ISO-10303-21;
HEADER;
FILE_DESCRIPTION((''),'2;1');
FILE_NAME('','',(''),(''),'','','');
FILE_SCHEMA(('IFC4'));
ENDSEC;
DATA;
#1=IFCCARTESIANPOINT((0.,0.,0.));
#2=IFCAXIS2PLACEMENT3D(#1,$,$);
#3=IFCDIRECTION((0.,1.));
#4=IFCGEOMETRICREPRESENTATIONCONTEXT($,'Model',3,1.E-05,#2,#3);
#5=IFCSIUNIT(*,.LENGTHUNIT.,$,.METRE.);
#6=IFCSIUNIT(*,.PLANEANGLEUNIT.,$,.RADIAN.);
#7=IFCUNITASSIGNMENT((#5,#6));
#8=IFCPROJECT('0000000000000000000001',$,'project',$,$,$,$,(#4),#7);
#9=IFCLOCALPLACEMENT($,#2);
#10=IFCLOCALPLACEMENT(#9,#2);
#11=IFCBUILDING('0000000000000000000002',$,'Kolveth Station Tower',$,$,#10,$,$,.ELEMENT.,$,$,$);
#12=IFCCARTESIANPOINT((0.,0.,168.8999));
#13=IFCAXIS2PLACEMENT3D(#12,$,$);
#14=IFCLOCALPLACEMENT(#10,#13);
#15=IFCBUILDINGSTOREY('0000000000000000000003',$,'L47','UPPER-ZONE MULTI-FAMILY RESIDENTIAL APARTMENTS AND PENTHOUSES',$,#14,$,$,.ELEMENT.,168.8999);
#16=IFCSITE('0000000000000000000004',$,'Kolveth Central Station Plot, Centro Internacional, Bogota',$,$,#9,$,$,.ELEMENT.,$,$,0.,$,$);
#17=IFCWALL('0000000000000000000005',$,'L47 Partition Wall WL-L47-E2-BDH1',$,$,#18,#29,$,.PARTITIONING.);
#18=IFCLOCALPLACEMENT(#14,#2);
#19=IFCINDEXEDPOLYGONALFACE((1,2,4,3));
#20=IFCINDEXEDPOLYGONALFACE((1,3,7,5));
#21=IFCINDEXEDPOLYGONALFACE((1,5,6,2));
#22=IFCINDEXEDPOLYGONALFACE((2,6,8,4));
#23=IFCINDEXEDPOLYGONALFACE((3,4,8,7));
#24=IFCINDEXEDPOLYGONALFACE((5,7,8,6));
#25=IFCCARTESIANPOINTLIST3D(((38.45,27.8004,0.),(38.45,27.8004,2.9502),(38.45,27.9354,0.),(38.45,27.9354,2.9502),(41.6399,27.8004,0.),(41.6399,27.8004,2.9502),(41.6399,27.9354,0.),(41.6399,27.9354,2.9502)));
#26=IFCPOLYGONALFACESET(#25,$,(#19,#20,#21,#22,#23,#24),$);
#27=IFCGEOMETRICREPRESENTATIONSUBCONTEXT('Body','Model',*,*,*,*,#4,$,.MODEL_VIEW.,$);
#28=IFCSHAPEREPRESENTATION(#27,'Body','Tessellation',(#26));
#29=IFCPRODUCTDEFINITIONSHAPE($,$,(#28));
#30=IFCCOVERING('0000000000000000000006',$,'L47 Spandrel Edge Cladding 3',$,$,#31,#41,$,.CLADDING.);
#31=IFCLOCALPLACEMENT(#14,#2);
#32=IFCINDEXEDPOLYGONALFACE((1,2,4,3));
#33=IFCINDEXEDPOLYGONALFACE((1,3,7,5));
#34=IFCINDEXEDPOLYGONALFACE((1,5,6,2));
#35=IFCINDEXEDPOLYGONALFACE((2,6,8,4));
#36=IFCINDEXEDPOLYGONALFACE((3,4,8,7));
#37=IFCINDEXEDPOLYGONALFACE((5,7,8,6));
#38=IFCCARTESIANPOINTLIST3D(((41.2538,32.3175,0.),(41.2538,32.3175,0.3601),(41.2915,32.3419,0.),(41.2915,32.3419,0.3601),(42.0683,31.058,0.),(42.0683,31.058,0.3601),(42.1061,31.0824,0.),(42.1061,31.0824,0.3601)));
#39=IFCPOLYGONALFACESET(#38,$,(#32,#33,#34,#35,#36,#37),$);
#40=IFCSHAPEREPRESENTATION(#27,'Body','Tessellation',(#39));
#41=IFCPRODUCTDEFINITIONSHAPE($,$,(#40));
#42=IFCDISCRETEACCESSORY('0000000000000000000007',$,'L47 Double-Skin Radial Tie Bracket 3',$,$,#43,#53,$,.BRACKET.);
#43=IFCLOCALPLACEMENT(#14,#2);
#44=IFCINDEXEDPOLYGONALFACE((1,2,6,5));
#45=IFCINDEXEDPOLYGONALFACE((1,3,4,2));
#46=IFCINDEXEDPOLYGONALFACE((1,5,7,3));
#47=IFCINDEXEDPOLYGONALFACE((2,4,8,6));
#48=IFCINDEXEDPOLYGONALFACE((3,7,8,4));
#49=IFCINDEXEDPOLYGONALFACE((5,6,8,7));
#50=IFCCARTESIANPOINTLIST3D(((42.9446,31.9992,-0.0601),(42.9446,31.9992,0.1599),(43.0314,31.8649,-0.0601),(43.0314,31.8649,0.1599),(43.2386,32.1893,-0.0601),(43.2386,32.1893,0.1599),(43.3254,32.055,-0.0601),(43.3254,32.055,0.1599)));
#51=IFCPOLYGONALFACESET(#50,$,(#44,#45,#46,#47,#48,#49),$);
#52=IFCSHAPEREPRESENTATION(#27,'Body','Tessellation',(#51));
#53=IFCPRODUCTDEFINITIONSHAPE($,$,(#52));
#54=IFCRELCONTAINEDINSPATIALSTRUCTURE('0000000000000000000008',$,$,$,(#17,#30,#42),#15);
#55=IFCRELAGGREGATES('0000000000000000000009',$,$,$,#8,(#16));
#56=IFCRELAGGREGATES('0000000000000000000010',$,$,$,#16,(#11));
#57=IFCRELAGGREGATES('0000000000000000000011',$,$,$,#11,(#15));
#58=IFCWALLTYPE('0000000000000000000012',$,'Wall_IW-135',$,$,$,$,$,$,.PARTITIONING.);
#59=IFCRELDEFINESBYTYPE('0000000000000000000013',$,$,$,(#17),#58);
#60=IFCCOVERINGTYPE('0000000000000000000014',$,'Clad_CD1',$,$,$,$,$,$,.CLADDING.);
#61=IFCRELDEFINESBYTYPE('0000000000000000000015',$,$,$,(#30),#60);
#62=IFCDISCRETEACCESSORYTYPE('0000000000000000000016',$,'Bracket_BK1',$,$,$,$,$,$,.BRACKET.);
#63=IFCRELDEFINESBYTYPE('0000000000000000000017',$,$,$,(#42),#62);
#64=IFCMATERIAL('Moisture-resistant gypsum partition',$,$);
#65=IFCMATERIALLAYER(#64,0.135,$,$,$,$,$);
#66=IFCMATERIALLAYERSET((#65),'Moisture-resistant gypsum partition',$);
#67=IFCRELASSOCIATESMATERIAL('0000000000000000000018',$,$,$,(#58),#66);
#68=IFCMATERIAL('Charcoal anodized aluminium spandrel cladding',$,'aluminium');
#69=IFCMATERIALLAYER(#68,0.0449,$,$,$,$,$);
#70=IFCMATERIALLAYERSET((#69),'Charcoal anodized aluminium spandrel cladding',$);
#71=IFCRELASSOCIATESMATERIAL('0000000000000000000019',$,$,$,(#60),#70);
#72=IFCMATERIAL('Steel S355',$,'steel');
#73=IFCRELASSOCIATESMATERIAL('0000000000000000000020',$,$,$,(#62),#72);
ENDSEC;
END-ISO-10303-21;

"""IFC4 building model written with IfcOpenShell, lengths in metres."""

from ifc_helpers import new_model, si_unit, direction, frame, frame_2d, origin, origin_2d, place, context, subcontext, project, spatial, rectangle, extrude, source, transform, mapped, material, layer, layer_set, type_object, element, save


model = new_model("IFC4")

# Units and contexts
model_context = context("Model", 3, precision=1e-05, world=origin(), true_north=direction((0.0, 1.0)))
body_context = subcontext(model_context, "Body", "Model", "MODEL_VIEW")
ifc_project = project(units=[si_unit("LENGTHUNIT", "METRE"), si_unit("PLANEANGLEUNIT", "RADIAN")], contexts=[model_context])

# Site, building, storey
site_placement = place(None, origin())
site = spatial("IfcSite", under=ifc_project, at=site_placement, Name="Kolveth Central Station Plot, Centro Internacional, Bogota", CompositionType="ELEMENT", RefElevation=0.0)
building_placement = place(site_placement, origin())
building = spatial("IfcBuilding", under=site, at=building_placement, Name="Kolveth Station Tower", CompositionType="ELEMENT")
storey_placement = place(building_placement, frame((0.0, 0.0, 168.8999)))
storey = spatial("IfcBuildingStorey", under=building, at=storey_placement, Name="L47", Description="UPPER-ZONE MULTI-FAMILY RESIDENTIAL APARTMENTS AND PENTHOUSES", CompositionType="ELEMENT", Elevation=168.8999)

# Shared definitions
ifc_material_1 = material(Name="Steel S355", Category="steel")

# Shared definitions
ifc_material_2 = material(Name="Moisture-resistant gypsum partition")
ifc_layer_1 = layer(ifc_material_2, 0.135)
ifc_layer_set_1 = layer_set([ifc_layer_1], Name="Moisture-resistant gypsum partition")
wall_type = type_object("IfcWallType", Name="Wall_IW-135", PredefinedType="PARTITIONING", material=ifc_layer_set_1)

# Wall
wall_1_placement = place(storey_placement, frame((38.45, 27.8679, 0.0), z_axis=(0.0, 0.0, 1.0), x_axis=(1.0, 0.0, 0.0)))
element("IfcWall", 1, at=wall_1_placement, inside=storey, type_object=wall_type, Name="L47 Partition Wall WL-L47-E2-BDH1", PredefinedType="PARTITIONING", context=body_context, shape_type="SweptSolid", body=[
    extrude(rectangle(XDim=3.1899, YDim=0.135, at=frame_2d((1.595, 0.0))), origin(), (0.0, 0.0, 1.0), 2.9502),
])

# Covering
ifc_material_3 = material(Name="Charcoal anodized aluminium spandrel cladding", Category="aluminium")
ifc_layer_2 = layer(ifc_material_3, 0.0449)
ifc_layer_set_2 = layer_set([ifc_layer_2], Name="Charcoal anodized aluminium spandrel cladding")
covering_type = type_object("IfcCoveringType", Name="Clad_CD1", PredefinedType="CLADDING", material=ifc_layer_set_2)
shared_shape_1 = source(origin(), body_context, "Body", "SweptSolid", [
    extrude(rectangle(XDim=1.5, YDim=0.0449, at=origin_2d()), origin(), (0.0, 0.0, 1.0), 0.3601),
])
covering_placement = place(storey_placement, frame((41.6799, 31.7, 0.0), z_axis=(0.0, 0.0, 1.0), x_axis=(-0.543028, 0.839715, 0.0)))
element("IfcCovering", 2, at=covering_placement, inside=storey, type_object=covering_type, Name="L47 Spandrel Edge Cladding 3", PredefinedType="CLADDING", context=body_context, shape_type="MappedRepresentation", body=[
    mapped(shared_shape_1, transform((0.0, 0.0, 0.0), x_axis=(1.0, 0.0, 0.0), y_axis=(0.0, 1.0, 0.0), z_axis=(0.0, 0.0, 1.0), scale=1.0)),
])

# Discrete accessory
discrete_accessory_type = type_object("IfcDiscreteAccessoryType", Name="Bracket_BK1", PredefinedType="BRACKET", material=ifc_material_1)
shared_shape_2 = source(origin(), body_context, "Body", "SweptSolid", [
    extrude(rectangle(XDim=0.3501, YDim=0.1599, at=origin_2d()), origin(), (0.0, 0.0, 1.0), 0.22),
])
discrete_accessory_placement = place(storey_placement, frame((43.135, 32.0271, -0.0601), z_axis=(0.0, 0.0, 1.0), x_axis=(0.839715, 0.543028, 0.0)))
element("IfcDiscreteAccessory", 3, at=discrete_accessory_placement, inside=storey, type_object=discrete_accessory_type, Name="L47 Double-Skin Radial Tie Bracket 3", PredefinedType="BRACKET", context=body_context, shape_type="MappedRepresentation", body=[
    mapped(shared_shape_2, transform((0.0, 0.0, 0.0), x_axis=(1.0, 0.0, 0.0), y_axis=(0.0, 1.0, 0.0), z_axis=(0.0, 0.0, 1.0), scale=1.0)),
])

save(model, "model.ifc")
